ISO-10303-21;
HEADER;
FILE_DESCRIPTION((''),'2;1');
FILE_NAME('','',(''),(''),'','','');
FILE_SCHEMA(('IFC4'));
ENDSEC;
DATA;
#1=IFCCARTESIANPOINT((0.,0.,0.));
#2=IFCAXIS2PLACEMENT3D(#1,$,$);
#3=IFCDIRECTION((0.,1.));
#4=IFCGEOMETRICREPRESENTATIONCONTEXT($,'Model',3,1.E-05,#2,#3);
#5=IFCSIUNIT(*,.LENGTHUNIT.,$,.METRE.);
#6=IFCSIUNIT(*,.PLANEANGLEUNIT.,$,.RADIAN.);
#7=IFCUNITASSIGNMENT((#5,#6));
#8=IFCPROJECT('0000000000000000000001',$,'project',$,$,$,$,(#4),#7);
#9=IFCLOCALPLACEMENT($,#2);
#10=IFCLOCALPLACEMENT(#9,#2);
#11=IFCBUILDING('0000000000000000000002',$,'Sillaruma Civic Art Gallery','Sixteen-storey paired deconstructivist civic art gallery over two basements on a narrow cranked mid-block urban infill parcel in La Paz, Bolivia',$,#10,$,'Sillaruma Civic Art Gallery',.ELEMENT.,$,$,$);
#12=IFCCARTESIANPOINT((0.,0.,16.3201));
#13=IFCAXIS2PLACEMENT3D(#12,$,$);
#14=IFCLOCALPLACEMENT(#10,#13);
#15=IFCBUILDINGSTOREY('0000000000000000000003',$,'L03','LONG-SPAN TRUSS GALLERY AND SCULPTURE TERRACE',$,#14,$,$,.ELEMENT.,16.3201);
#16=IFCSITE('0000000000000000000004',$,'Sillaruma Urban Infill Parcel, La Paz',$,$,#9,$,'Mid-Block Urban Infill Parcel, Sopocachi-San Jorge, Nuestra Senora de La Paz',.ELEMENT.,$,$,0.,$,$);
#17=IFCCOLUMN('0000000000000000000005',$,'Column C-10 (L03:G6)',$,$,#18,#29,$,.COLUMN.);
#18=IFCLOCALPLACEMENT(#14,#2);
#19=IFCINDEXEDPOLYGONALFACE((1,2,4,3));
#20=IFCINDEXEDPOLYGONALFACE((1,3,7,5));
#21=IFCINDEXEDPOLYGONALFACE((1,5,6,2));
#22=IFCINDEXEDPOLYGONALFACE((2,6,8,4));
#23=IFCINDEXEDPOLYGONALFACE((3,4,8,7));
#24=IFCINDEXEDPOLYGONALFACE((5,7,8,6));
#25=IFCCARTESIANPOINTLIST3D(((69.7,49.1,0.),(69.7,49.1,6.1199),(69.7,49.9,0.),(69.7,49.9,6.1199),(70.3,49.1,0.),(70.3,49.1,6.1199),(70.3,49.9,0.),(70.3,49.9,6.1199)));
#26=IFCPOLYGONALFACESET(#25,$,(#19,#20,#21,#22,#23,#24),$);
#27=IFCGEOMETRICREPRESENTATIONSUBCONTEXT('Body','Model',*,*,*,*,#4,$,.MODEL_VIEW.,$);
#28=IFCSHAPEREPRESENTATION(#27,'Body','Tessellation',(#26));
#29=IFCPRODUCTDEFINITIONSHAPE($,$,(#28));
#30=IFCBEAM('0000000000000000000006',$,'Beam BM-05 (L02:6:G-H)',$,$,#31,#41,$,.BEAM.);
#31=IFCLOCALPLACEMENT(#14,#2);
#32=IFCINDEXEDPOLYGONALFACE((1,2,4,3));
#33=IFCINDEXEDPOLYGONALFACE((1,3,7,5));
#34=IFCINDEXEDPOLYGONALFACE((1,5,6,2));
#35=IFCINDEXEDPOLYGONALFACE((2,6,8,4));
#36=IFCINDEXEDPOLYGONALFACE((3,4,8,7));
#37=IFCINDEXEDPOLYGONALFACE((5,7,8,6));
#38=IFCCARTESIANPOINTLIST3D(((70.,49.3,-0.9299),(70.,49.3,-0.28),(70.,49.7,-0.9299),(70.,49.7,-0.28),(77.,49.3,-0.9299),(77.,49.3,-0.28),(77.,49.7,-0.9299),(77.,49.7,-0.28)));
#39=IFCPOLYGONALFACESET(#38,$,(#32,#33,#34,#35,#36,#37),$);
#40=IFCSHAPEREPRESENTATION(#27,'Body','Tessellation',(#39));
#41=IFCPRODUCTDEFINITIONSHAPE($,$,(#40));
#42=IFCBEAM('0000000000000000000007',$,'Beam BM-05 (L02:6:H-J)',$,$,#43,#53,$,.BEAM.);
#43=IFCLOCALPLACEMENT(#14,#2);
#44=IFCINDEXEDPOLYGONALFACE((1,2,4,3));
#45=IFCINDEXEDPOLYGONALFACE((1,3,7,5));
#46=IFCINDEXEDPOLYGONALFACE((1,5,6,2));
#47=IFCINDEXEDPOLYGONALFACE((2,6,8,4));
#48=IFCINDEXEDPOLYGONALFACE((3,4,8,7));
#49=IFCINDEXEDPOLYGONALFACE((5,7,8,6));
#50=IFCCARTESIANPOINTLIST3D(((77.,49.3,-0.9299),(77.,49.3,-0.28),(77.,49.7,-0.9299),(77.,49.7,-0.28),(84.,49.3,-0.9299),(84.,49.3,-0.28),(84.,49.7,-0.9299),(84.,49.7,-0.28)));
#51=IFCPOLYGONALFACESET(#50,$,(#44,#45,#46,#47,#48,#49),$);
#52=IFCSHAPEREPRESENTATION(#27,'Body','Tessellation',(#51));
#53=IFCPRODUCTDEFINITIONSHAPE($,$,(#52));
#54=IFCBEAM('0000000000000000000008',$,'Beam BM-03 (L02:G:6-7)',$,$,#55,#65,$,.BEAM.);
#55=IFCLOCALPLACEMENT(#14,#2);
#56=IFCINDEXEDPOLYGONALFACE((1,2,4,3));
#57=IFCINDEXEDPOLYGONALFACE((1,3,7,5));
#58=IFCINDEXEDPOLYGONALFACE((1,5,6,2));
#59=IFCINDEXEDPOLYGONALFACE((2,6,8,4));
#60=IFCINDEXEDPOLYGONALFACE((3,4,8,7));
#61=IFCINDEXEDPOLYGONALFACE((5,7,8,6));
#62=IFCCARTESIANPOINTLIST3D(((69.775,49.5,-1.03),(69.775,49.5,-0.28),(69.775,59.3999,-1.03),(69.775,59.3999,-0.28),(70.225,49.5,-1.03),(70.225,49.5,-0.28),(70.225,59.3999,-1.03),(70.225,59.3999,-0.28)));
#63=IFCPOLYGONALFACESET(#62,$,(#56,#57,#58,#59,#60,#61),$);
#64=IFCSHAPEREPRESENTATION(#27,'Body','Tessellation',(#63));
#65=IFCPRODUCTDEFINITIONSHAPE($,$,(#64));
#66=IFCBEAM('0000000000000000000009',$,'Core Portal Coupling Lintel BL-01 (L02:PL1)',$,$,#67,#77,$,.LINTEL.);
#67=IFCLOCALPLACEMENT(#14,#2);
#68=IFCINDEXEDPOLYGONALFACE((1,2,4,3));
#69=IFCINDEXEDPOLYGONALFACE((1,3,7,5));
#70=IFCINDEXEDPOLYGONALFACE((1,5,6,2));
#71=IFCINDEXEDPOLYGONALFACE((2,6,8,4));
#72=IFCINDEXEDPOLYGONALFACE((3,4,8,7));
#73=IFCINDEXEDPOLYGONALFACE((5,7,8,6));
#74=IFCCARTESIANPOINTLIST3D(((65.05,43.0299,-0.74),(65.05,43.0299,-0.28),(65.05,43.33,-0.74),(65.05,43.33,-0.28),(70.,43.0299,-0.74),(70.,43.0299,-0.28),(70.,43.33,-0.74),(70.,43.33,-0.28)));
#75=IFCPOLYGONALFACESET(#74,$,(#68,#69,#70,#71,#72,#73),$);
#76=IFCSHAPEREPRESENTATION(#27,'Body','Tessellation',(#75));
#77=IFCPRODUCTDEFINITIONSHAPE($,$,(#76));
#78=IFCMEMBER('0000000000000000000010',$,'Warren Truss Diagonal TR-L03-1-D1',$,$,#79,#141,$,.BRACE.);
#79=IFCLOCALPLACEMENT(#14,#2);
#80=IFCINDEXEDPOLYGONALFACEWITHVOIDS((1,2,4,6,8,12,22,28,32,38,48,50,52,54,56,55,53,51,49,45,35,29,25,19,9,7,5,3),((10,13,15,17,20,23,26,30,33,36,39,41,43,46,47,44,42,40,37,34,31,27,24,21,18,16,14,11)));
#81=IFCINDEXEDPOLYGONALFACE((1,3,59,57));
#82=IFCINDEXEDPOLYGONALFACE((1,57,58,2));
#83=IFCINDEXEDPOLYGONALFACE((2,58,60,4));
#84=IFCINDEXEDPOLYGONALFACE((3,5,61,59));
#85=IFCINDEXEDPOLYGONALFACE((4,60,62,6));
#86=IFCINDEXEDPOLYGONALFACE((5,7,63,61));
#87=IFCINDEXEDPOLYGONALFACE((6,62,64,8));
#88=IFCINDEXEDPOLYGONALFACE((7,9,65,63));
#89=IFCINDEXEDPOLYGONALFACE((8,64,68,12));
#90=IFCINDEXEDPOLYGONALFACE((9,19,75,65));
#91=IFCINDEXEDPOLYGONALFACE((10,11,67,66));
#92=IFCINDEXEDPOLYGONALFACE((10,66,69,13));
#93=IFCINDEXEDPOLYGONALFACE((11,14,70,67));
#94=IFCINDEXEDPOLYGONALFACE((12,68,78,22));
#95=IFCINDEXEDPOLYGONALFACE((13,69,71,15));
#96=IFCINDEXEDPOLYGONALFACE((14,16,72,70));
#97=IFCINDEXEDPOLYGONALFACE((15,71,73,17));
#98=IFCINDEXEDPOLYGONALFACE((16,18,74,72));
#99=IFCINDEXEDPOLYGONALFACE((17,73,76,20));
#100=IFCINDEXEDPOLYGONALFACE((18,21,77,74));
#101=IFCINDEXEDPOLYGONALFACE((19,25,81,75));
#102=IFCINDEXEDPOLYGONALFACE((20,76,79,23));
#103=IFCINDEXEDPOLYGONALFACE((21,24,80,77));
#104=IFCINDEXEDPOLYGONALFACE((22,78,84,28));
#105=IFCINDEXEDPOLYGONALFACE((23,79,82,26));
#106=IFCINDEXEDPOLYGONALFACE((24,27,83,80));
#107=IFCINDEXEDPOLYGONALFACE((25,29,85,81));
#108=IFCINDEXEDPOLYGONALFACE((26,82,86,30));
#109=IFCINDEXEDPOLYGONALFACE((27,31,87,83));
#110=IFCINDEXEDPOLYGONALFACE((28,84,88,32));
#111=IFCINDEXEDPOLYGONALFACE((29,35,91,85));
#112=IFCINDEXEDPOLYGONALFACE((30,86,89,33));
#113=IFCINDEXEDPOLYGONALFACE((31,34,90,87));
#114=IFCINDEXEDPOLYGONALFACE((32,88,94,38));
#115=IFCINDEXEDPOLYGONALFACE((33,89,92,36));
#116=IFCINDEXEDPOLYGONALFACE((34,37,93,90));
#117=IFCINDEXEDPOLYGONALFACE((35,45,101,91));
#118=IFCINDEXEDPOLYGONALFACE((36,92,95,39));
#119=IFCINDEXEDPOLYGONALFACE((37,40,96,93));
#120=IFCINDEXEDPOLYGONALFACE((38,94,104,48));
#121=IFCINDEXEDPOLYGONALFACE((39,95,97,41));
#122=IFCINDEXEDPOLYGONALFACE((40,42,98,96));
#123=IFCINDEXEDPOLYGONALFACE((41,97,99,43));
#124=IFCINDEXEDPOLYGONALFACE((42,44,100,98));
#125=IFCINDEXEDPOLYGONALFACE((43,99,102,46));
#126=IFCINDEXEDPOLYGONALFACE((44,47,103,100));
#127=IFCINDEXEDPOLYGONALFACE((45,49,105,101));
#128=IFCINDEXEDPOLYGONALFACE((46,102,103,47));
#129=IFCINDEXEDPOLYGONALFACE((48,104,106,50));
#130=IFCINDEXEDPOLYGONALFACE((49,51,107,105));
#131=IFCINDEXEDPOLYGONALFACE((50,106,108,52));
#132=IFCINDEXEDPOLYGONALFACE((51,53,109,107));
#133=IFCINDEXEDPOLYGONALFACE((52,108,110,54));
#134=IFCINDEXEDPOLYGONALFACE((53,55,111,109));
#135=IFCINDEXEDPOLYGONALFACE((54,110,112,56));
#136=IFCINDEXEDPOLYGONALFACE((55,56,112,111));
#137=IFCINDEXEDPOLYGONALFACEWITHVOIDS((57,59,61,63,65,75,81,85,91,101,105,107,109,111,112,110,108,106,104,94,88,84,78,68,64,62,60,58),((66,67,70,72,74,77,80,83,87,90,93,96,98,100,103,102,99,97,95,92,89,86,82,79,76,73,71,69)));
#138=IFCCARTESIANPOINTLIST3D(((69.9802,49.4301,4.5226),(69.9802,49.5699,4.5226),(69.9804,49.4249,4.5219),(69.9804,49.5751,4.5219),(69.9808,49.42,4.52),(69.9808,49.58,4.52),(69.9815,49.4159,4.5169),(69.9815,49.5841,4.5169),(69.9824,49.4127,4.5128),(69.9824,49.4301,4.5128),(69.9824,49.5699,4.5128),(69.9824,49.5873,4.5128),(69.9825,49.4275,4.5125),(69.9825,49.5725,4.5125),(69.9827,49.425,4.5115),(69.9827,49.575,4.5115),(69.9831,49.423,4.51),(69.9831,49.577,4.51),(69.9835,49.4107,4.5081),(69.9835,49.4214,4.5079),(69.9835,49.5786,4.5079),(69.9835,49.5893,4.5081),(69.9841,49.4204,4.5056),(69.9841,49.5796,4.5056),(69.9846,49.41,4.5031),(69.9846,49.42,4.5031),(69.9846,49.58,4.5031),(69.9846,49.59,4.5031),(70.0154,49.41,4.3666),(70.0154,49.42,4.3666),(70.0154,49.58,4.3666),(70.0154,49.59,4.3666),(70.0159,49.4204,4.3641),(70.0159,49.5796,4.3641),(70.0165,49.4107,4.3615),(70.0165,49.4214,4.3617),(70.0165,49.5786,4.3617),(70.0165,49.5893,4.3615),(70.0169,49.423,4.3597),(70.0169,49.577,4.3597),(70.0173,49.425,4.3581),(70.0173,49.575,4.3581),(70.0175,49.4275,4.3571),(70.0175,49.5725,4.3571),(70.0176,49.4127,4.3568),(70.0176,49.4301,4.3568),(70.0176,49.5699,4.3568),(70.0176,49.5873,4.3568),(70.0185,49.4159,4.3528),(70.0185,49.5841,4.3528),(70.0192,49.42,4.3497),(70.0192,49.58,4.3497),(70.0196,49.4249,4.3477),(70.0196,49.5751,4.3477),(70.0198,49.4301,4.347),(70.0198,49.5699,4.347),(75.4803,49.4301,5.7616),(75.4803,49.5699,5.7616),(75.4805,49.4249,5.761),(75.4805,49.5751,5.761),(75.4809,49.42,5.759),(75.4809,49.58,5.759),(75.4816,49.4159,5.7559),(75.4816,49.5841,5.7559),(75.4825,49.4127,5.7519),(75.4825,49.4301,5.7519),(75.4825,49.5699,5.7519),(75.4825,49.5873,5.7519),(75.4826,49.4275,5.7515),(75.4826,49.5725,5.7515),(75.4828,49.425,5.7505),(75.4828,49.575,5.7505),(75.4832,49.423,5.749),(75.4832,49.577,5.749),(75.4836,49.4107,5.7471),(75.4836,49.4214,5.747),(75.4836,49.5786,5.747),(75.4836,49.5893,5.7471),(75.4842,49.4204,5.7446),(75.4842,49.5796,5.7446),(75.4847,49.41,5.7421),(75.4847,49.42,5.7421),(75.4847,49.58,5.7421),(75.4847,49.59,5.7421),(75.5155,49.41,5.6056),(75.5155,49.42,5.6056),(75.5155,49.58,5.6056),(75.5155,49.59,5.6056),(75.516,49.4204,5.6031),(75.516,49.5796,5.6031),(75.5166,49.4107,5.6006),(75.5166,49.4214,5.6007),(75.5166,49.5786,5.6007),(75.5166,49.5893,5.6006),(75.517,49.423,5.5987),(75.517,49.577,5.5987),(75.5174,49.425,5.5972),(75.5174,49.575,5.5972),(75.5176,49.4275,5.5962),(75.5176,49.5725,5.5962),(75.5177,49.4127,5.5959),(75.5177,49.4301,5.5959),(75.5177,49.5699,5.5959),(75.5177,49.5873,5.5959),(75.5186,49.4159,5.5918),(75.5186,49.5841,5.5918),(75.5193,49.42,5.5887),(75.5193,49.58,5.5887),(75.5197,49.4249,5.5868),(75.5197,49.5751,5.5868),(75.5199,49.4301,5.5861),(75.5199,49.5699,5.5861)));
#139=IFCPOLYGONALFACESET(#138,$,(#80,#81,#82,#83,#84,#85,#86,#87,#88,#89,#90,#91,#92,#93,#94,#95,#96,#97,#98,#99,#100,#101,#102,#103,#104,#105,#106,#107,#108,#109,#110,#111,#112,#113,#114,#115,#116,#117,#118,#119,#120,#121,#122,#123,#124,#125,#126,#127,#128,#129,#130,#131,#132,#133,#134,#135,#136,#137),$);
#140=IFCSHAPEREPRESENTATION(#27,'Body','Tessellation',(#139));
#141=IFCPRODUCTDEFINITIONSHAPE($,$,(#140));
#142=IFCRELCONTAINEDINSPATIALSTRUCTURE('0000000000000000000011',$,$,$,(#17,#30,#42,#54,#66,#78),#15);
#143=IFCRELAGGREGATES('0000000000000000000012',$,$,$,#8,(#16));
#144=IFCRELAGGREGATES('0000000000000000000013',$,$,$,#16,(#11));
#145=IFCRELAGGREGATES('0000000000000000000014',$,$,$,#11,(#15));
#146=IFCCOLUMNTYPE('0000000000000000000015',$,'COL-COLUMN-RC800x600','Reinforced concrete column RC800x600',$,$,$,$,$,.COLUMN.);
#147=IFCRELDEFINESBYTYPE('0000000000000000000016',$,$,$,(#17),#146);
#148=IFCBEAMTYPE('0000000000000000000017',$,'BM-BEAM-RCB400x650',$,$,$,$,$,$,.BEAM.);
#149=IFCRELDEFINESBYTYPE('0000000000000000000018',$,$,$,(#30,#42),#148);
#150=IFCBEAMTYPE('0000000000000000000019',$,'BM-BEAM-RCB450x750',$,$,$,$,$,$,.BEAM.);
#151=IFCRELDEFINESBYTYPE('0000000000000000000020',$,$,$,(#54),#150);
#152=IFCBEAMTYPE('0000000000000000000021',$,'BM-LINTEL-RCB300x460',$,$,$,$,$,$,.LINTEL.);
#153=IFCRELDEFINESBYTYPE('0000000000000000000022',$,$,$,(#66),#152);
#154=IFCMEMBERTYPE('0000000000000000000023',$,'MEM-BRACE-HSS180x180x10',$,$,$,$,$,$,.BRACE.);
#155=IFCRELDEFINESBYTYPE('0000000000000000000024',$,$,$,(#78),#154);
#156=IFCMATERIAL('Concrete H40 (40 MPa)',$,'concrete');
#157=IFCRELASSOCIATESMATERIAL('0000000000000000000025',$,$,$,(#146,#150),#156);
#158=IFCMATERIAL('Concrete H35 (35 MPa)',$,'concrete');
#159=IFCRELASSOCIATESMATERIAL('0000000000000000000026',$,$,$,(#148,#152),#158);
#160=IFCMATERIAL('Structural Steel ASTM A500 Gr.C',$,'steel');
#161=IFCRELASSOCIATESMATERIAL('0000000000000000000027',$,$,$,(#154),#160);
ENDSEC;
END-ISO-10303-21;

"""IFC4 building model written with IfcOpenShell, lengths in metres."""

from ifc_helpers import new_model, si_unit, direction, frame, origin, origin_2d, place, context, subcontext, project, spatial, rectangle, hollow_rectangle, extrude, material, material_profile, profile_set, type_object, element, save


model = new_model("IFC4")

# Units and contexts
model_context = context("Model", 3, precision=1e-05, world=origin(), true_north=direction((0.0, 1.0)))
body_context = subcontext(model_context, "Body", "Model", "MODEL_VIEW")
ifc_project = project(units=[si_unit("LENGTHUNIT", "METRE"), si_unit("PLANEANGLEUNIT", "RADIAN")], contexts=[model_context])

# Site, building, storey
site_placement = place(None, origin())
site = spatial("IfcSite", under=ifc_project, at=site_placement, Name="Sillaruma Urban Infill Parcel, La Paz", LongName="Mid-Block Urban Infill Parcel, Sopocachi-San Jorge, Nuestra Senora de La Paz", CompositionType="ELEMENT", RefElevation=0.0)
building_placement = place(site_placement, origin())
building = spatial("IfcBuilding", under=site, at=building_placement, Name="Sillaruma Civic Art Gallery", Description="Sixteen-storey paired deconstructivist civic art gallery over two basements on a narrow cranked mid-block urban infill parcel in La Paz, Bolivia", LongName="Sillaruma Civic Art Gallery", CompositionType="ELEMENT")
storey_placement = place(building_placement, frame((0.0, 0.0, 16.3201)))
storey = spatial("IfcBuildingStorey", under=building, at=storey_placement, Name="L03", Description="LONG-SPAN TRUSS GALLERY AND SCULPTURE TERRACE", CompositionType="ELEMENT", Elevation=16.3201)

# Column
ifc_material_1 = material(Name="Concrete H40 (40 MPa)", Category="concrete")
ifc_material_profile_1 = material_profile(ifc_material_1, rectangle(XDim=0.6001, YDim=0.8, at=origin_2d()), Name="RC800x600")
ifc_profile_set_1 = profile_set([ifc_material_profile_1], Name="Concrete H40 (40 MPa)")
column_type = type_object("IfcColumnType", Name="COL-COLUMN-RC800x600", Description="Reinforced concrete column RC800x600", PredefinedType="COLUMN", material=ifc_profile_set_1)
column_placement = place(storey_placement, frame((70.0, 49.5, 0.0), z_axis=(0.0, 0.0, 1.0), x_axis=(1.0, 0.0, 0.0)))
element("IfcColumn", 1, at=column_placement, inside=storey, type_object=column_type, Name="Column C-10 (L03:G6)", PredefinedType="COLUMN", context=body_context, shape_type="SweptSolid", body=[
    extrude(rectangle(XDim=0.6001, YDim=0.8, at=origin_2d()), origin(), (0.0, 0.0, 1.0), 6.1199),
])

# Beams
ifc_material_2 = material(Name="Concrete H35 (35 MPa)", Category="concrete")
ifc_material_profile_2 = material_profile(ifc_material_2, rectangle(XDim=0.3999, YDim=0.6499, at=origin_2d()), Name="RCB400x650")
ifc_profile_set_2 = profile_set([ifc_material_profile_2], Name="Concrete H35 (35 MPa)")
beam_type_1 = type_object("IfcBeamType", Name="BM-BEAM-RCB400x650", PredefinedType="BEAM", material=ifc_profile_set_2)
for number, where, z_axis, x_axis, name in (
    (2, (70.0, 49.5, -0.605), (1.0, 0.0, 0.0), (0.0, 1.0, 0.0), "Beam BM-05 (L02:6:G-H)"),
    (3, (77.0, 49.5, -0.605), (1.0, 0.0, 0.0), (0.0, 1.0, 0.0), "Beam BM-05 (L02:6:H-J)"),
):
    element("IfcBeam", number, at=place(storey_placement, frame(where, z_axis=z_axis, x_axis=x_axis)), inside=storey, type_object=beam_type_1, Name=name, PredefinedType="BEAM", context=body_context, shape_type="SweptSolid", body=[
        extrude(rectangle(XDim=0.3999, YDim=0.6499, at=origin_2d()), origin(), (0.0, 0.0, 1.0), 7.0),
    ])
ifc_material_profile_3 = material_profile(ifc_material_1, rectangle(XDim=0.45, YDim=0.75, at=origin_2d()), Name="RCB450x750")
ifc_profile_set_3 = profile_set([ifc_material_profile_3], Name="Concrete H40 (40 MPa)")
beam_type_2 = type_object("IfcBeamType", Name="BM-BEAM-RCB450x750", PredefinedType="BEAM", material=ifc_profile_set_3)
beam_1_placement = place(storey_placement, frame((70.0, 49.5, -0.655), z_axis=(0.0, 1.0, 0.0), x_axis=(-1.0, 0.0, 0.0)))
element("IfcBeam", 4, at=beam_1_placement, inside=storey, type_object=beam_type_2, Name="Beam BM-03 (L02:G:6-7)", PredefinedType="BEAM", context=body_context, shape_type="SweptSolid", body=[
    extrude(rectangle(XDim=0.45, YDim=0.75, at=origin_2d()), origin(), (0.0, 0.0, 1.0), 9.8999),
])
ifc_material_profile_4 = material_profile(ifc_material_2, rectangle(XDim=0.3, YDim=0.46, at=origin_2d()), Name="RCB300x460")
ifc_profile_set_4 = profile_set([ifc_material_profile_4], Name="Concrete H35 (35 MPa)")
beam_type_3 = type_object("IfcBeamType", Name="BM-LINTEL-RCB300x460", PredefinedType="LINTEL", material=ifc_profile_set_4)
beam_2_placement = place(storey_placement, frame((65.05, 43.1799, -0.51), z_axis=(1.0, 0.0, 0.0), x_axis=(0.0, 1.0, 0.0)))
element("IfcBeam", 5, at=beam_2_placement, inside=storey, type_object=beam_type_3, Name="Core Portal Coupling Lintel BL-01 (L02:PL1)", PredefinedType="LINTEL", context=body_context, shape_type="SweptSolid", body=[
    extrude(rectangle(XDim=0.3, YDim=0.46, at=origin_2d()), origin(), (0.0, 0.0, 1.0), 4.95),
])

# Member
ifc_material_3 = material(Name="Structural Steel ASTM A500 Gr.C", Category="steel")
ifc_material_profile_5 = material_profile(ifc_material_3, hollow_rectangle(XDim=0.1799, YDim=0.1799, WallThickness=0.01, InnerFilletRadius=0.01, OuterFilletRadius=0.02, at=origin_2d()), Name="HSS180x180x10")
ifc_profile_set_5 = profile_set([ifc_material_profile_5], Name="Structural Steel ASTM A500 Gr.C")
member_type_1 = type_object("IfcMemberType", Name="MEM-BRACE-HSS180x180x10", PredefinedType="BRACE", material=ifc_profile_set_5)
for number, where, z_axis, x_axis, name in (
    (6, (70.0, 49.5, 4.4348), (0.975552, 0.0, 0.219768), (0.0, 1.0, 0.0), "Warren Truss Diagonal TR-L03-1-D1"),
):
    element("IfcMember", number, at=place(storey_placement, frame(where, z_axis=z_axis, x_axis=x_axis)), inside=storey, type_object=member_type_1, Name=name, PredefinedType="BRACE", context=body_context, shape_type="SweptSolid", body=[
        extrude(hollow_rectangle(XDim=0.1799, YDim=0.1799, WallThickness=0.01, InnerFilletRadius=0.01, OuterFilletRadius=0.02, at=origin_2d()), origin(), (0.0, 0.0, 1.0), 5.6379),
    ])

save(model, "model.ifc")
